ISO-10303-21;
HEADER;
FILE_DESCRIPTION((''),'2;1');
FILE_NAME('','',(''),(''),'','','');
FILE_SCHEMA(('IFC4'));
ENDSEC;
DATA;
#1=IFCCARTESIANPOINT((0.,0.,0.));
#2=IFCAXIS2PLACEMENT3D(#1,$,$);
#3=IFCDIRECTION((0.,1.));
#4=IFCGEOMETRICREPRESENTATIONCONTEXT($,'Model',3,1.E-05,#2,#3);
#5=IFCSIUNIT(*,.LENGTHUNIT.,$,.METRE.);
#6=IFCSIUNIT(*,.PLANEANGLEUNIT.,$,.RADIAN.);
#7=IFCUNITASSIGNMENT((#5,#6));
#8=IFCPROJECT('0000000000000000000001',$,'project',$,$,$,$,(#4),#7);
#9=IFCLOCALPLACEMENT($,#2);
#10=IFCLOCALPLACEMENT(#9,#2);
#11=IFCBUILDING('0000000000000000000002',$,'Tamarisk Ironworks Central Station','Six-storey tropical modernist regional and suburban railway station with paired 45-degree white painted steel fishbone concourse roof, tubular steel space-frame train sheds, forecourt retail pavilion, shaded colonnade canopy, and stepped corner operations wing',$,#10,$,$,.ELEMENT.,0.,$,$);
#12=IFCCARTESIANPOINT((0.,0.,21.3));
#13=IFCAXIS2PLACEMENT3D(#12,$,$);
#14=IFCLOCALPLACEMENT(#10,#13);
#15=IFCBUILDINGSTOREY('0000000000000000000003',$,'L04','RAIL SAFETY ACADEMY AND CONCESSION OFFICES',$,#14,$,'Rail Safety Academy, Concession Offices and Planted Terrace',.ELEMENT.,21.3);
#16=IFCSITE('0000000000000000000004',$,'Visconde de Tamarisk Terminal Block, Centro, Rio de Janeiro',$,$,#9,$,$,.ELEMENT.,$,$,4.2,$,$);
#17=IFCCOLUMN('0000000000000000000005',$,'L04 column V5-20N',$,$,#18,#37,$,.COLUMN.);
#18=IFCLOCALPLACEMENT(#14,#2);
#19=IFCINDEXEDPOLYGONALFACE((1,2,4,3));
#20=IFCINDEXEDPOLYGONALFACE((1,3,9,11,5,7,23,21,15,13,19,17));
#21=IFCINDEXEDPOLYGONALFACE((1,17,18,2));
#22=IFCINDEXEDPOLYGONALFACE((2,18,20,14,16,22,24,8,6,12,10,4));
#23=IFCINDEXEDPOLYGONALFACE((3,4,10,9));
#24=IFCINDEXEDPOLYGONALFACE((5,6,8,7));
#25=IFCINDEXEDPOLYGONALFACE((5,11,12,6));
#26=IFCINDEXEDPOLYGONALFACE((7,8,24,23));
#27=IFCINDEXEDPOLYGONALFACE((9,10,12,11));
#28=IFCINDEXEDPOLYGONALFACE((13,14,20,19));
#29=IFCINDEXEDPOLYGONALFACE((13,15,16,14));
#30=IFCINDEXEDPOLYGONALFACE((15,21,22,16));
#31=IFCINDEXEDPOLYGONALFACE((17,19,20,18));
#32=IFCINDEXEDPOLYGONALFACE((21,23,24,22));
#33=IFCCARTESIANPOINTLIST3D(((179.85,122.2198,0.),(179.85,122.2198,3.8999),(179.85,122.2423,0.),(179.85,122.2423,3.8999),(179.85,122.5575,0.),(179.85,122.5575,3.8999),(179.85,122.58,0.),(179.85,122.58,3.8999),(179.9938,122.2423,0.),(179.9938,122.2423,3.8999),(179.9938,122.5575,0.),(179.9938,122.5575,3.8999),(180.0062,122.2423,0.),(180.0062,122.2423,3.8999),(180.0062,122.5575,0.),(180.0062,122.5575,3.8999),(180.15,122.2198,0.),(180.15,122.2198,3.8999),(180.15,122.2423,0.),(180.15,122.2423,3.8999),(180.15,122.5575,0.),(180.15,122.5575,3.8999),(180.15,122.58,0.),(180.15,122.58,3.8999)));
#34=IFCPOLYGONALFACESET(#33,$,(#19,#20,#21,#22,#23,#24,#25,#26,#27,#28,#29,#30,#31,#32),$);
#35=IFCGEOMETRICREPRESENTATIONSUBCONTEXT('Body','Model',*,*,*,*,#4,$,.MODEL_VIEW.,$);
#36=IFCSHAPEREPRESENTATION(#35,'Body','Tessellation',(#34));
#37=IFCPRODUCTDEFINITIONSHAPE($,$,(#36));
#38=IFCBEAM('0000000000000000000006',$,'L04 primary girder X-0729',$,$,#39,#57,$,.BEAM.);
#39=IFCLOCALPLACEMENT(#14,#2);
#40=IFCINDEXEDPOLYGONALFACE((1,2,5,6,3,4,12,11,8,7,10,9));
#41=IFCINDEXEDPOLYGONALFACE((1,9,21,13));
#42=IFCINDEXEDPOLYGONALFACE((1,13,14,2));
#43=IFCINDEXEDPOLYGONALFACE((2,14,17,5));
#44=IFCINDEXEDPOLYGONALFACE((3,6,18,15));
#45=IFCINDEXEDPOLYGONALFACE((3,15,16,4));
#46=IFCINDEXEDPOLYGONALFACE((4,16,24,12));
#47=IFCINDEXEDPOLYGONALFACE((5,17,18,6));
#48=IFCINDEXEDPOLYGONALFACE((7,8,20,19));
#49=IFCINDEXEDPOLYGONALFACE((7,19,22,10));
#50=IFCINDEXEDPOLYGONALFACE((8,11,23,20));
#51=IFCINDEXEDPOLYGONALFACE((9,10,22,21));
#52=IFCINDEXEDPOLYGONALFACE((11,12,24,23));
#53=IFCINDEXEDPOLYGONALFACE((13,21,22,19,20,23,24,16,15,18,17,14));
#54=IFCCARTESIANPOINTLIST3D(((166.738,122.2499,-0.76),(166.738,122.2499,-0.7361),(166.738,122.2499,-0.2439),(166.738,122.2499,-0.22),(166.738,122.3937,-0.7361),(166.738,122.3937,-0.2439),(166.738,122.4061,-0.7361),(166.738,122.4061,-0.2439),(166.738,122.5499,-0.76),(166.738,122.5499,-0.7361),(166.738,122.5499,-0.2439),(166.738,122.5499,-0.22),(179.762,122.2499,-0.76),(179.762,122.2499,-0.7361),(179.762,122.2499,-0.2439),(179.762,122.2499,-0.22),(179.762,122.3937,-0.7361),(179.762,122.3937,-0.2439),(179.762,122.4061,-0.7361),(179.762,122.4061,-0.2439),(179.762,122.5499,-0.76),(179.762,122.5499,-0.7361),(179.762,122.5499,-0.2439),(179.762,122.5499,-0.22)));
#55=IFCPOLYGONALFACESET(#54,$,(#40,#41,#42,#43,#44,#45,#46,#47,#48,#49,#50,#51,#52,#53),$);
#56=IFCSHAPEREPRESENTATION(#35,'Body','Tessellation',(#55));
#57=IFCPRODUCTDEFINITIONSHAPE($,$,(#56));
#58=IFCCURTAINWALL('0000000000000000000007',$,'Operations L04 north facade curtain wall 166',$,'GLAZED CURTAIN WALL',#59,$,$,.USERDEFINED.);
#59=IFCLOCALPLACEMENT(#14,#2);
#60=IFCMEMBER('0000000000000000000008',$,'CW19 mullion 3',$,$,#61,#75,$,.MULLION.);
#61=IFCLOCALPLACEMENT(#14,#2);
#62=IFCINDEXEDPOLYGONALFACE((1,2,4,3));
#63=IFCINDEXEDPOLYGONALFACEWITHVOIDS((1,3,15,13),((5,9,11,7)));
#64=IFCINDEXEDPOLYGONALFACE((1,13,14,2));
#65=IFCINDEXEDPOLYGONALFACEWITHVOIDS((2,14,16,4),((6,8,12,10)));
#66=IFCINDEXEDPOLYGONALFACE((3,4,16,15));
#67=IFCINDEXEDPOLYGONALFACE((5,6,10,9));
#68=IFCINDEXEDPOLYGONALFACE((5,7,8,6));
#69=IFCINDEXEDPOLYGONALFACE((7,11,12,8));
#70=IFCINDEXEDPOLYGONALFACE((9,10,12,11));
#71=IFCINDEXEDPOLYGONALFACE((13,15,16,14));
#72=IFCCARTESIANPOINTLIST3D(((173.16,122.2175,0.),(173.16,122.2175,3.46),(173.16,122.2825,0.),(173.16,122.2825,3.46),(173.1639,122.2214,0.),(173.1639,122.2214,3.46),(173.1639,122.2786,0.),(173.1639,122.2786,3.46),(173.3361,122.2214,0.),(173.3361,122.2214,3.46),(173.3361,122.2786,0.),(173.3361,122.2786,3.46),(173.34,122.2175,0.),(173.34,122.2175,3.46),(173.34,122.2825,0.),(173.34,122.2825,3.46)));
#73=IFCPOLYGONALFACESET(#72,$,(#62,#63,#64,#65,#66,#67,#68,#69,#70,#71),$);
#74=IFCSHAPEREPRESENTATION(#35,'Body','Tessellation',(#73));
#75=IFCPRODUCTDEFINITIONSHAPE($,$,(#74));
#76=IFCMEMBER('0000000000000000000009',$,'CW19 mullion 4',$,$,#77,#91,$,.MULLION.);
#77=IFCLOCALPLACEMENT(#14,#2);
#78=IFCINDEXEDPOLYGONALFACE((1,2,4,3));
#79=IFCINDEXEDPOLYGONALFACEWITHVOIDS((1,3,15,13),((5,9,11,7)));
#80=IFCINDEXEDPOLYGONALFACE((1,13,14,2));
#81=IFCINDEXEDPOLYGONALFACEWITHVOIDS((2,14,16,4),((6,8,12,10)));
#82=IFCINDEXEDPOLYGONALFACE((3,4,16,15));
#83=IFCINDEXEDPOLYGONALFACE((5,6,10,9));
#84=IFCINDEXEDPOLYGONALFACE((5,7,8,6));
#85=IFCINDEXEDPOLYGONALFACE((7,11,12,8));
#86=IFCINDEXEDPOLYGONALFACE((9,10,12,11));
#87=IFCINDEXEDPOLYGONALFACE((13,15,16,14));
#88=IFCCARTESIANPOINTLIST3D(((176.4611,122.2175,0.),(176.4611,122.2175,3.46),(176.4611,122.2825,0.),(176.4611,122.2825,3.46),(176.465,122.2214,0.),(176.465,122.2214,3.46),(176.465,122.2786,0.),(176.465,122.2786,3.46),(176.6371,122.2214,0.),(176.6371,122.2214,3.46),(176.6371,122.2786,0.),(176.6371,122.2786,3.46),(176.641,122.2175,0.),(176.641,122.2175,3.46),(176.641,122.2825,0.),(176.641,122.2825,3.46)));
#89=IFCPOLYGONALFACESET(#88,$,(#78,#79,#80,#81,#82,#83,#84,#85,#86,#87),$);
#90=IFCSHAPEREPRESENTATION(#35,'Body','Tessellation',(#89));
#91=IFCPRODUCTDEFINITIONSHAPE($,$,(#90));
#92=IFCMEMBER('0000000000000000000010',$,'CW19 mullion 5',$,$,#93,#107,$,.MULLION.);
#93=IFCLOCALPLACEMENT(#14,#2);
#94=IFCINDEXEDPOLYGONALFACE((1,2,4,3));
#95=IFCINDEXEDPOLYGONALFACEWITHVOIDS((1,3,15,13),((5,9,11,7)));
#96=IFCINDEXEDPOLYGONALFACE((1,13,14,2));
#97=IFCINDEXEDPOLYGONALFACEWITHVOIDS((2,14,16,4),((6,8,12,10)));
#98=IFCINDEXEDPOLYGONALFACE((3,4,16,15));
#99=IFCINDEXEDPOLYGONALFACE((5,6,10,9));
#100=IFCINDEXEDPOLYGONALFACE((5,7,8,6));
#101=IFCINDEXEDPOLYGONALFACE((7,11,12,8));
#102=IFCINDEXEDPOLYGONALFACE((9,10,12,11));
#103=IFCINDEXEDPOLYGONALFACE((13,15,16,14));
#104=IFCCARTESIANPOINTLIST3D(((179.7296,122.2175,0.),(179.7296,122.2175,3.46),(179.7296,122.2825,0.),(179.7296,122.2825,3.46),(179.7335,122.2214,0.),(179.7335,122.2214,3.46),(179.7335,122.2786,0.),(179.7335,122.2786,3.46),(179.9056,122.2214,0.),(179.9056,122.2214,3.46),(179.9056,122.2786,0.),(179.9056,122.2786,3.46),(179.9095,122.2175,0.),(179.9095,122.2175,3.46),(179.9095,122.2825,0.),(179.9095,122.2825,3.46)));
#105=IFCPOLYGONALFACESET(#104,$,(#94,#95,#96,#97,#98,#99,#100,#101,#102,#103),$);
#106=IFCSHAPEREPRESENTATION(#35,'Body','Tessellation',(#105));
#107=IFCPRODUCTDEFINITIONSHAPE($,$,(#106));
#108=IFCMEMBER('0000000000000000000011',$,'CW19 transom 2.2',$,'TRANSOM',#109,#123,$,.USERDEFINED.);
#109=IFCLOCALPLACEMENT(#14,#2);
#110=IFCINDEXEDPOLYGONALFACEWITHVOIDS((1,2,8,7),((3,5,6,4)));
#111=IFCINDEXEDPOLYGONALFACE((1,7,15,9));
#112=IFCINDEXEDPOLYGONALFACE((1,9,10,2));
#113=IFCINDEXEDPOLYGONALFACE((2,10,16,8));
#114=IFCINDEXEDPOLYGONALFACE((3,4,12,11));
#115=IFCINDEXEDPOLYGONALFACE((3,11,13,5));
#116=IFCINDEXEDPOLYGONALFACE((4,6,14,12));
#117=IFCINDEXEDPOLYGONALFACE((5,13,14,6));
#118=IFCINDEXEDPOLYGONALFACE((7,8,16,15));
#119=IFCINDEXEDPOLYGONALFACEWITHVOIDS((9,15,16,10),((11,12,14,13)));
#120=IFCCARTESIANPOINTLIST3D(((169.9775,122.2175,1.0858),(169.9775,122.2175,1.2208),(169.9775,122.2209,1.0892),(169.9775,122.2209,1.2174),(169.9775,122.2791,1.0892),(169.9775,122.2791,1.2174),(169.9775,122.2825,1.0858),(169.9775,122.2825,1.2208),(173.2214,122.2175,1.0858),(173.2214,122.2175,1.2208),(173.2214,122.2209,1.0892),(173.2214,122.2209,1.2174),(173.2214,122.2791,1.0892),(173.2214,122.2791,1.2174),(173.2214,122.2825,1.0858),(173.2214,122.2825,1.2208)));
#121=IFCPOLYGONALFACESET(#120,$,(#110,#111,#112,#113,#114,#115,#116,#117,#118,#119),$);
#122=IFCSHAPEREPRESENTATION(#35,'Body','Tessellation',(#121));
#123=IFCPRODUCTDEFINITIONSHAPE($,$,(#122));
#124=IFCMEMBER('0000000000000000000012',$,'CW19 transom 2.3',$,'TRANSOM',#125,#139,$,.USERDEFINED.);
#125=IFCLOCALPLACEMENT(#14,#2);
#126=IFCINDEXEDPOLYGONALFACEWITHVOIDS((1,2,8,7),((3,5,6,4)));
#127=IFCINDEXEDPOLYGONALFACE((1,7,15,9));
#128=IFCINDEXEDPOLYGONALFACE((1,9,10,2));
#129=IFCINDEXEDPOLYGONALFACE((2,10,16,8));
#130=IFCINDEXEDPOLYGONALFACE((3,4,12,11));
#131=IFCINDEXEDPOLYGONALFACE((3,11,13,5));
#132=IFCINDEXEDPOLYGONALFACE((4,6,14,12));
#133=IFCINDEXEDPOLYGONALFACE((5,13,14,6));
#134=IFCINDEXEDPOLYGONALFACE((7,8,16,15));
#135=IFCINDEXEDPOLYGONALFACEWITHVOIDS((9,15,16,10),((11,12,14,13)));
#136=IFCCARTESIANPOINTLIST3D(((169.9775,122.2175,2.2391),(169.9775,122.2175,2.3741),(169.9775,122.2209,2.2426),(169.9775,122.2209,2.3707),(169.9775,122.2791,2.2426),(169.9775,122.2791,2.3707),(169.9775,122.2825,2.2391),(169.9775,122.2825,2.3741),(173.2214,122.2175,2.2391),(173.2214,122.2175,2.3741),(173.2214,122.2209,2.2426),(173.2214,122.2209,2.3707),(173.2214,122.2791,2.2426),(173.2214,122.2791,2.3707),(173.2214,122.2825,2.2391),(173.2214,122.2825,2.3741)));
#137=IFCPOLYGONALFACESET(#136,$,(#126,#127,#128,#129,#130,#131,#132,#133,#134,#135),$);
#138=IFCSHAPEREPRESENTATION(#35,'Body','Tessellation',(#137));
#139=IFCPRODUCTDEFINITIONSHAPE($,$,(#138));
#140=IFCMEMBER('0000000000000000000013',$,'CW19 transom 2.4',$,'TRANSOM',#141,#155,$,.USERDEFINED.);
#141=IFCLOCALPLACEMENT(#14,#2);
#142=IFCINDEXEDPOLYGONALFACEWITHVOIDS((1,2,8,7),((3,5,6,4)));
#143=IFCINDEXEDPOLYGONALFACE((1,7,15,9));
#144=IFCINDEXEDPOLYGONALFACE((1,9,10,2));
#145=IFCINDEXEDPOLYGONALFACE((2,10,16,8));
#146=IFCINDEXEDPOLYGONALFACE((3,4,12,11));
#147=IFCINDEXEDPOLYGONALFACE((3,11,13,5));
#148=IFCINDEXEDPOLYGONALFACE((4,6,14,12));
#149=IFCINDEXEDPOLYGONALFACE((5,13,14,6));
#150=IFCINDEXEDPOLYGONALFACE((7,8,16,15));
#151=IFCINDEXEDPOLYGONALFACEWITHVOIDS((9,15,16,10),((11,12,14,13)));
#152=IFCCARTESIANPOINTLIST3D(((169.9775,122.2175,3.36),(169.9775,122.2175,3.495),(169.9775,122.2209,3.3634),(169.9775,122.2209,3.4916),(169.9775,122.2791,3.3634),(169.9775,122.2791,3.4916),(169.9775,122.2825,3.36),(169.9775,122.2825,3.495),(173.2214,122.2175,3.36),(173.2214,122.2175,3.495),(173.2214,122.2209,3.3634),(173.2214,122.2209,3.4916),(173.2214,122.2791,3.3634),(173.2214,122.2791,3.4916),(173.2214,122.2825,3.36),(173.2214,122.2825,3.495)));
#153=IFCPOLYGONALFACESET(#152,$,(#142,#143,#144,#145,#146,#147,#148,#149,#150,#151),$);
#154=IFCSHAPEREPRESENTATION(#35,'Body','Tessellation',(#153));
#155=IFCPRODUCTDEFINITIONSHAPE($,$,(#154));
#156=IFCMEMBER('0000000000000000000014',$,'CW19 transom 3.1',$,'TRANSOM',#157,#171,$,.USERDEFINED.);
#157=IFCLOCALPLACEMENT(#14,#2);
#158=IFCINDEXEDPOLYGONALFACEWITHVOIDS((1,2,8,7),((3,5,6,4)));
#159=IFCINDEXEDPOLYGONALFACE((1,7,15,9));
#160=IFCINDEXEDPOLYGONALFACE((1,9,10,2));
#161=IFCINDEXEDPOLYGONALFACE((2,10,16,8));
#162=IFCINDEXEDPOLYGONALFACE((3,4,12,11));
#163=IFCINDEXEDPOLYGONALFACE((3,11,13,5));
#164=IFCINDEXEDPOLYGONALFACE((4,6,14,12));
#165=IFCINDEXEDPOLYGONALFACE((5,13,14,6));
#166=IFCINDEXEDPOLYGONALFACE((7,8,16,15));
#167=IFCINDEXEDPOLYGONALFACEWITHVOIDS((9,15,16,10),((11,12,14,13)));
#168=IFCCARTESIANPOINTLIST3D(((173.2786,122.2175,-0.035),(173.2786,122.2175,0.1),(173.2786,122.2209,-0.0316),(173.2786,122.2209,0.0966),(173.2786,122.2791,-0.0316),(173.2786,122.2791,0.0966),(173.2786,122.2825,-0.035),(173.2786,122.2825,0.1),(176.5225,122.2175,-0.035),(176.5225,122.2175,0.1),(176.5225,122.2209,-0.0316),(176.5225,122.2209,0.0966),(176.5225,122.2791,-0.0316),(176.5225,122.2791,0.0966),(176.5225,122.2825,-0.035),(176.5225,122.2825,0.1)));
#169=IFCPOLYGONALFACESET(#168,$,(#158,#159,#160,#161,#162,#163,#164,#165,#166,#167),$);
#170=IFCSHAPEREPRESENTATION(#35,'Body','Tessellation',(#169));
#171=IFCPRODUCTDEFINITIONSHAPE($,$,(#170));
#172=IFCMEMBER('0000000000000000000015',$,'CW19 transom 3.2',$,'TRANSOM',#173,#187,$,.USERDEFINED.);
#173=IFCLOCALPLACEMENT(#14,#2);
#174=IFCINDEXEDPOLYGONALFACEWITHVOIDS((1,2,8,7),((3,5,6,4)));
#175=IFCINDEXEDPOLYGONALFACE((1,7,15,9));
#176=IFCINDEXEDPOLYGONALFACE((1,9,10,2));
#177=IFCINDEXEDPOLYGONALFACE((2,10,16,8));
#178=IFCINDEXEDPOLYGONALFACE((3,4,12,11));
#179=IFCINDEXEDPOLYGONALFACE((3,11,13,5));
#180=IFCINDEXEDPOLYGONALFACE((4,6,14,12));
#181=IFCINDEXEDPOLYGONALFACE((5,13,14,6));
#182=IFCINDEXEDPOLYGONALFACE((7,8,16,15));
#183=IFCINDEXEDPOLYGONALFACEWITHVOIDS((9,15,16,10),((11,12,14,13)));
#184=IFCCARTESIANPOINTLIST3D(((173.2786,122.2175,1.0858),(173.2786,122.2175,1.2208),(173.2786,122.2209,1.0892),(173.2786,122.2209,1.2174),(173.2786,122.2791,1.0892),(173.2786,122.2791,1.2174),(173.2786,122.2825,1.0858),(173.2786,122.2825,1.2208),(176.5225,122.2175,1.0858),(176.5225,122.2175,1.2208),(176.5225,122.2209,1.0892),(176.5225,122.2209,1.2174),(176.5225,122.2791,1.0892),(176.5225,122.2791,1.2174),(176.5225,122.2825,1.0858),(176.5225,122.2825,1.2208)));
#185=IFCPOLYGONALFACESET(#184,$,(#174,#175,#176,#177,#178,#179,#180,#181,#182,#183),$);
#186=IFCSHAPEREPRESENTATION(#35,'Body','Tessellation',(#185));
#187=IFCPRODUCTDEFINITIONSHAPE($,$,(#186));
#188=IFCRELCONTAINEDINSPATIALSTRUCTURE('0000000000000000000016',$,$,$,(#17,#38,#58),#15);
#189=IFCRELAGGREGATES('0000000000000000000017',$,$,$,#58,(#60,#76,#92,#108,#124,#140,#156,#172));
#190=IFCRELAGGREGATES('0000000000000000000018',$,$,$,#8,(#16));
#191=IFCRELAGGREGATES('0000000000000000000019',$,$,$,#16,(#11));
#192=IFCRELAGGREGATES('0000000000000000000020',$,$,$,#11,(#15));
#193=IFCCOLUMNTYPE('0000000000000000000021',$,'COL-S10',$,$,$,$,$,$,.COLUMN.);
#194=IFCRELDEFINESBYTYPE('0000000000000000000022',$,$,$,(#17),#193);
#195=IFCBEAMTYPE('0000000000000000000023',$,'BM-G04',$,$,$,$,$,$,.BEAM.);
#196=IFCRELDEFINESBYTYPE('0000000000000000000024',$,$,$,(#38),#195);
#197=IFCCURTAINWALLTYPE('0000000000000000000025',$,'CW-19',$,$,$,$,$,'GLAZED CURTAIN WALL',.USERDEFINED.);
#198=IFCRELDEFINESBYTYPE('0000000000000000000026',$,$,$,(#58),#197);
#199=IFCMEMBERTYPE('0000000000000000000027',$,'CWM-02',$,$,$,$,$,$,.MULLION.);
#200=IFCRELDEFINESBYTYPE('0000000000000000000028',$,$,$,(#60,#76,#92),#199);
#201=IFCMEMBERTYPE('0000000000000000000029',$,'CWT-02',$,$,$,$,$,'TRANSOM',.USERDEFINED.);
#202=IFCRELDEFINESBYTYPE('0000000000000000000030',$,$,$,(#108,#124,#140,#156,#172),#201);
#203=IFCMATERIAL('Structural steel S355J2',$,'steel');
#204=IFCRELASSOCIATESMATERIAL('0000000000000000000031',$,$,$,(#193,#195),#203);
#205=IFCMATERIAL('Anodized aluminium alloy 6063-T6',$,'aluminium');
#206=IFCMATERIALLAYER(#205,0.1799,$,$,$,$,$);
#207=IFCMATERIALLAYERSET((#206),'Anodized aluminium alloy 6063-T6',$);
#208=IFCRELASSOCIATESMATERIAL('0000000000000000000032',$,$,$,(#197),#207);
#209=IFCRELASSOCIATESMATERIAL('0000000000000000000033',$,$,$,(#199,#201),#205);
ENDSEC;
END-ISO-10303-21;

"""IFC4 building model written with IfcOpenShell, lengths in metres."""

from ifc_helpers import new_model, si_unit, direction, frame, origin, origin_2d, place, context, subcontext, project, spatial, hollow_rectangle, i_section, extrude, material, layer, layer_set, material_profile, profile_set, type_object, element, aggregate, save


model = new_model("IFC4")

# Units and contexts
model_context = context("Model", 3, precision=1e-05, world=origin(), true_north=direction((0.0, 1.0)))
body_context = subcontext(model_context, "Body", "Model", "MODEL_VIEW")
ifc_project = project(units=[si_unit("LENGTHUNIT", "METRE"), si_unit("PLANEANGLEUNIT", "RADIAN")], contexts=[model_context])

# Site, building, storey
site_placement = place(None, origin())
site = spatial("IfcSite", under=ifc_project, at=site_placement, Name="Visconde de Tamarisk Terminal Block, Centro, Rio de Janeiro", CompositionType="ELEMENT", RefElevation=4.2)
building_placement = place(site_placement, origin())
building = spatial("IfcBuilding", under=site, at=building_placement, Name="Tamarisk Ironworks Central Station", Description="Six-storey tropical modernist regional and suburban railway station with paired 45-degree white painted steel fishbone concourse roof, tubular steel space-frame train sheds, forecourt retail pavilion, shaded colonnade canopy, and stepped corner operations wing", CompositionType="ELEMENT", ElevationOfRefHeight=0.0)
storey_placement = place(building_placement, frame((0.0, 0.0, 21.3)))
storey = spatial("IfcBuildingStorey", under=building, at=storey_placement, Name="L04", Description="RAIL SAFETY ACADEMY AND CONCESSION OFFICES", LongName="Rail Safety Academy, Concession Offices and Planted Terrace", CompositionType="ELEMENT", Elevation=21.3)

# Column
ifc_material_1 = material(Name="Structural steel S355J2", Category="steel")
ifc_material_profile_1 = material_profile(ifc_material_1, i_section(OverallWidth=0.3, OverallDepth=0.3601, WebThickness=0.0125, FlangeThickness=0.0225, at=origin_2d()), Name="HEB 360")
ifc_profile_set_1 = profile_set([ifc_material_profile_1], Name="Structural steel S355J2")
column_type = type_object("IfcColumnType", Name="COL-S10", PredefinedType="COLUMN", material=ifc_profile_set_1)
column_placement = place(storey_placement, frame((180.0, 122.3999, 0.0), z_axis=(0.0, 0.0, 1.0), x_axis=(1.0, 0.0, 0.0)))
element("IfcColumn", 1, at=column_placement, inside=storey, type_object=column_type, Name="L04 column V5-20N", PredefinedType="COLUMN", context=body_context, shape_type="SweptSolid", body=[
    extrude(i_section(OverallWidth=0.3, OverallDepth=0.3601, WebThickness=0.0125, FlangeThickness=0.0225, at=origin_2d()), origin(), (0.0, 0.0, 1.0), 3.8999),
])

# Beam
ifc_material_profile_2 = material_profile(ifc_material_1, i_section(OverallWidth=0.3, OverallDepth=0.54, WebThickness=0.0125, FlangeThickness=0.0239, at=origin_2d()), Name="HEA 550")
ifc_profile_set_2 = profile_set([ifc_material_profile_2], Name="Structural steel S355J2")
beam_type = type_object("IfcBeamType", Name="BM-G04", PredefinedType="BEAM", material=ifc_profile_set_2)
beam_placement = place(storey_placement, frame((166.738, 122.3999, -0.49), z_axis=(1.0, 0.0, 0.0), x_axis=(0.0, 1.0, 0.0)))
element("IfcBeam", 2, at=beam_placement, inside=storey, type_object=beam_type, Name="L04 primary girder X-0729", PredefinedType="BEAM", context=body_context, shape_type="SweptSolid", body=[
    extrude(i_section(OverallWidth=0.3, OverallDepth=0.54, WebThickness=0.0125, FlangeThickness=0.0239, at=origin_2d()), origin(), (0.0, 0.0, 1.0), 13.0239),
])

# Curtain wall, members
ifc_material_2 = material(Name="Anodized aluminium alloy 6063-T6", Category="aluminium")
ifc_layer_1 = layer(ifc_material_2, 0.1799)
ifc_layer_set_1 = layer_set([ifc_layer_1], Name="Anodized aluminium alloy 6063-T6")
curtain_wall_type = type_object("IfcCurtainWallType", Name="CW-19", ElementType="GLAZED CURTAIN WALL", PredefinedType="USERDEFINED", material=ifc_layer_set_1)
curtain_wall_placement = place(storey_placement, origin())
curtain_wall = element("IfcCurtainWall", 3, at=curtain_wall_placement, inside=storey, type_object=curtain_wall_type, Name="Operations L04 north facade curtain wall 166", ObjectType="GLAZED CURTAIN WALL", PredefinedType="USERDEFINED")
ifc_material_profile_3 = material_profile(ifc_material_2, hollow_rectangle(XDim=0.0649, YDim=0.1799, WallThickness=0.0039, at=origin_2d()), Name="ALUM 180x65")
ifc_profile_set_3 = profile_set([ifc_material_profile_3], Name="Anodized aluminium alloy 6063-T6")
member_type_1 = type_object("IfcMemberType", Name="CWM-02", PredefinedType="MULLION", material=ifc_profile_set_3)
member_1_placement = place(storey_placement, frame((173.25, 122.25, 0.0), z_axis=(0.0, 0.0, 1.0), x_axis=(0.0, 1.0, 0.0)))
member_1 = element("IfcMember", 4, at=member_1_placement, type_object=member_type_1, Name="CW19 mullion 3", PredefinedType="MULLION", context=body_context, shape_type="SweptSolid", body=[
    extrude(hollow_rectangle(XDim=0.0649, YDim=0.1799, WallThickness=0.0039, at=origin_2d()), origin(), (0.0, 0.0, 1.0), 3.46),
])
member_2_placement = place(storey_placement, frame((176.551, 122.25, 0.0), z_axis=(0.0, 0.0, 1.0), x_axis=(0.0, 1.0, 0.0)))
member_2 = element("IfcMember", 5, at=member_2_placement, type_object=member_type_1, Name="CW19 mullion 4", PredefinedType="MULLION", context=body_context, shape_type="SweptSolid", body=[
    extrude(hollow_rectangle(XDim=0.0649, YDim=0.1799, WallThickness=0.0039, at=origin_2d()), origin(), (0.0, 0.0, 1.0), 3.46),
])
member_3_placement = place(storey_placement, frame((179.8196, 122.25, 0.0), z_axis=(0.0, 0.0, 1.0), x_axis=(0.0, 1.0, 0.0)))
member_3 = element("IfcMember", 6, at=member_3_placement, type_object=member_type_1, Name="CW19 mullion 5", PredefinedType="MULLION", context=body_context, shape_type="SweptSolid", body=[
    extrude(hollow_rectangle(XDim=0.0649, YDim=0.1799, WallThickness=0.0039, at=origin_2d()), origin(), (0.0, 0.0, 1.0), 3.46),
])
ifc_material_profile_4 = material_profile(ifc_material_2, hollow_rectangle(XDim=0.0649, YDim=0.135, WallThickness=0.0034, at=origin_2d()), Name="ALUM 135x65")
ifc_profile_set_4 = profile_set([ifc_material_profile_4], Name="Anodized aluminium alloy 6063-T6")
member_type_2 = type_object("IfcMemberType", Name="CWT-02", ElementType="TRANSOM", PredefinedType="USERDEFINED", material=ifc_profile_set_4)
member_4_placement = place(storey_placement, frame((169.9775, 122.25, 1.1533), z_axis=(1.0, 0.0, 0.0), x_axis=(0.0, 1.0, 0.0)))
member_4 = element("IfcMember", 7, at=member_4_placement, type_object=member_type_2, Name="CW19 transom 2.2", ObjectType="TRANSOM", PredefinedType="USERDEFINED", context=body_context, shape_type="SweptSolid", body=[
    extrude(hollow_rectangle(XDim=0.0649, YDim=0.135, WallThickness=0.0034, at=origin_2d()), origin(), (0.0, 0.0, 1.0), 3.2439),
])
member_5_placement = place(storey_placement, frame((169.9775, 122.25, 2.3066), z_axis=(1.0, 0.0, 0.0), x_axis=(0.0, 1.0, 0.0)))
member_5 = element("IfcMember", 8, at=member_5_placement, type_object=member_type_2, Name="CW19 transom 2.3", ObjectType="TRANSOM", PredefinedType="USERDEFINED", context=body_context, shape_type="SweptSolid", body=[
    extrude(hollow_rectangle(XDim=0.0649, YDim=0.135, WallThickness=0.0034, at=origin_2d()), origin(), (0.0, 0.0, 1.0), 3.2439),
])
member_6_placement = place(storey_placement, frame((169.9775, 122.25, 3.4275), z_axis=(1.0, 0.0, 0.0), x_axis=(0.0, 1.0, 0.0)))
member_6 = element("IfcMember", 9, at=member_6_placement, type_object=member_type_2, Name="CW19 transom 2.4", ObjectType="TRANSOM", PredefinedType="USERDEFINED", context=body_context, shape_type="SweptSolid", body=[
    extrude(hollow_rectangle(XDim=0.0649, YDim=0.135, WallThickness=0.0034, at=origin_2d()), origin(), (0.0, 0.0, 1.0), 3.2439),
])
member_7_placement = place(storey_placement, frame((173.2786, 122.25, 0.0325), z_axis=(1.0, 0.0, 0.0), x_axis=(0.0, 1.0, 0.0)))
member_7 = element("IfcMember", 10, at=member_7_placement, type_object=member_type_2, Name="CW19 transom 3.1", ObjectType="TRANSOM", PredefinedType="USERDEFINED", context=body_context, shape_type="SweptSolid", body=[
    extrude(hollow_rectangle(XDim=0.0649, YDim=0.135, WallThickness=0.0034, at=origin_2d()), origin(), (0.0, 0.0, 1.0), 3.2439),
])
member_8_placement = place(storey_placement, frame((173.2786, 122.25, 1.1533), z_axis=(1.0, 0.0, 0.0), x_axis=(0.0, 1.0, 0.0)))
member_8 = element("IfcMember", 11, at=member_8_placement, type_object=member_type_2, Name="CW19 transom 3.2", ObjectType="TRANSOM", PredefinedType="USERDEFINED", context=body_context, shape_type="SweptSolid", body=[
    extrude(hollow_rectangle(XDim=0.0649, YDim=0.135, WallThickness=0.0034, at=origin_2d()), origin(), (0.0, 0.0, 1.0), 3.2439),
])
aggregate(curtain_wall, [member_1, member_2, member_3, member_4, member_5, member_6, member_7, member_8])

save(model, "model.ifc")
